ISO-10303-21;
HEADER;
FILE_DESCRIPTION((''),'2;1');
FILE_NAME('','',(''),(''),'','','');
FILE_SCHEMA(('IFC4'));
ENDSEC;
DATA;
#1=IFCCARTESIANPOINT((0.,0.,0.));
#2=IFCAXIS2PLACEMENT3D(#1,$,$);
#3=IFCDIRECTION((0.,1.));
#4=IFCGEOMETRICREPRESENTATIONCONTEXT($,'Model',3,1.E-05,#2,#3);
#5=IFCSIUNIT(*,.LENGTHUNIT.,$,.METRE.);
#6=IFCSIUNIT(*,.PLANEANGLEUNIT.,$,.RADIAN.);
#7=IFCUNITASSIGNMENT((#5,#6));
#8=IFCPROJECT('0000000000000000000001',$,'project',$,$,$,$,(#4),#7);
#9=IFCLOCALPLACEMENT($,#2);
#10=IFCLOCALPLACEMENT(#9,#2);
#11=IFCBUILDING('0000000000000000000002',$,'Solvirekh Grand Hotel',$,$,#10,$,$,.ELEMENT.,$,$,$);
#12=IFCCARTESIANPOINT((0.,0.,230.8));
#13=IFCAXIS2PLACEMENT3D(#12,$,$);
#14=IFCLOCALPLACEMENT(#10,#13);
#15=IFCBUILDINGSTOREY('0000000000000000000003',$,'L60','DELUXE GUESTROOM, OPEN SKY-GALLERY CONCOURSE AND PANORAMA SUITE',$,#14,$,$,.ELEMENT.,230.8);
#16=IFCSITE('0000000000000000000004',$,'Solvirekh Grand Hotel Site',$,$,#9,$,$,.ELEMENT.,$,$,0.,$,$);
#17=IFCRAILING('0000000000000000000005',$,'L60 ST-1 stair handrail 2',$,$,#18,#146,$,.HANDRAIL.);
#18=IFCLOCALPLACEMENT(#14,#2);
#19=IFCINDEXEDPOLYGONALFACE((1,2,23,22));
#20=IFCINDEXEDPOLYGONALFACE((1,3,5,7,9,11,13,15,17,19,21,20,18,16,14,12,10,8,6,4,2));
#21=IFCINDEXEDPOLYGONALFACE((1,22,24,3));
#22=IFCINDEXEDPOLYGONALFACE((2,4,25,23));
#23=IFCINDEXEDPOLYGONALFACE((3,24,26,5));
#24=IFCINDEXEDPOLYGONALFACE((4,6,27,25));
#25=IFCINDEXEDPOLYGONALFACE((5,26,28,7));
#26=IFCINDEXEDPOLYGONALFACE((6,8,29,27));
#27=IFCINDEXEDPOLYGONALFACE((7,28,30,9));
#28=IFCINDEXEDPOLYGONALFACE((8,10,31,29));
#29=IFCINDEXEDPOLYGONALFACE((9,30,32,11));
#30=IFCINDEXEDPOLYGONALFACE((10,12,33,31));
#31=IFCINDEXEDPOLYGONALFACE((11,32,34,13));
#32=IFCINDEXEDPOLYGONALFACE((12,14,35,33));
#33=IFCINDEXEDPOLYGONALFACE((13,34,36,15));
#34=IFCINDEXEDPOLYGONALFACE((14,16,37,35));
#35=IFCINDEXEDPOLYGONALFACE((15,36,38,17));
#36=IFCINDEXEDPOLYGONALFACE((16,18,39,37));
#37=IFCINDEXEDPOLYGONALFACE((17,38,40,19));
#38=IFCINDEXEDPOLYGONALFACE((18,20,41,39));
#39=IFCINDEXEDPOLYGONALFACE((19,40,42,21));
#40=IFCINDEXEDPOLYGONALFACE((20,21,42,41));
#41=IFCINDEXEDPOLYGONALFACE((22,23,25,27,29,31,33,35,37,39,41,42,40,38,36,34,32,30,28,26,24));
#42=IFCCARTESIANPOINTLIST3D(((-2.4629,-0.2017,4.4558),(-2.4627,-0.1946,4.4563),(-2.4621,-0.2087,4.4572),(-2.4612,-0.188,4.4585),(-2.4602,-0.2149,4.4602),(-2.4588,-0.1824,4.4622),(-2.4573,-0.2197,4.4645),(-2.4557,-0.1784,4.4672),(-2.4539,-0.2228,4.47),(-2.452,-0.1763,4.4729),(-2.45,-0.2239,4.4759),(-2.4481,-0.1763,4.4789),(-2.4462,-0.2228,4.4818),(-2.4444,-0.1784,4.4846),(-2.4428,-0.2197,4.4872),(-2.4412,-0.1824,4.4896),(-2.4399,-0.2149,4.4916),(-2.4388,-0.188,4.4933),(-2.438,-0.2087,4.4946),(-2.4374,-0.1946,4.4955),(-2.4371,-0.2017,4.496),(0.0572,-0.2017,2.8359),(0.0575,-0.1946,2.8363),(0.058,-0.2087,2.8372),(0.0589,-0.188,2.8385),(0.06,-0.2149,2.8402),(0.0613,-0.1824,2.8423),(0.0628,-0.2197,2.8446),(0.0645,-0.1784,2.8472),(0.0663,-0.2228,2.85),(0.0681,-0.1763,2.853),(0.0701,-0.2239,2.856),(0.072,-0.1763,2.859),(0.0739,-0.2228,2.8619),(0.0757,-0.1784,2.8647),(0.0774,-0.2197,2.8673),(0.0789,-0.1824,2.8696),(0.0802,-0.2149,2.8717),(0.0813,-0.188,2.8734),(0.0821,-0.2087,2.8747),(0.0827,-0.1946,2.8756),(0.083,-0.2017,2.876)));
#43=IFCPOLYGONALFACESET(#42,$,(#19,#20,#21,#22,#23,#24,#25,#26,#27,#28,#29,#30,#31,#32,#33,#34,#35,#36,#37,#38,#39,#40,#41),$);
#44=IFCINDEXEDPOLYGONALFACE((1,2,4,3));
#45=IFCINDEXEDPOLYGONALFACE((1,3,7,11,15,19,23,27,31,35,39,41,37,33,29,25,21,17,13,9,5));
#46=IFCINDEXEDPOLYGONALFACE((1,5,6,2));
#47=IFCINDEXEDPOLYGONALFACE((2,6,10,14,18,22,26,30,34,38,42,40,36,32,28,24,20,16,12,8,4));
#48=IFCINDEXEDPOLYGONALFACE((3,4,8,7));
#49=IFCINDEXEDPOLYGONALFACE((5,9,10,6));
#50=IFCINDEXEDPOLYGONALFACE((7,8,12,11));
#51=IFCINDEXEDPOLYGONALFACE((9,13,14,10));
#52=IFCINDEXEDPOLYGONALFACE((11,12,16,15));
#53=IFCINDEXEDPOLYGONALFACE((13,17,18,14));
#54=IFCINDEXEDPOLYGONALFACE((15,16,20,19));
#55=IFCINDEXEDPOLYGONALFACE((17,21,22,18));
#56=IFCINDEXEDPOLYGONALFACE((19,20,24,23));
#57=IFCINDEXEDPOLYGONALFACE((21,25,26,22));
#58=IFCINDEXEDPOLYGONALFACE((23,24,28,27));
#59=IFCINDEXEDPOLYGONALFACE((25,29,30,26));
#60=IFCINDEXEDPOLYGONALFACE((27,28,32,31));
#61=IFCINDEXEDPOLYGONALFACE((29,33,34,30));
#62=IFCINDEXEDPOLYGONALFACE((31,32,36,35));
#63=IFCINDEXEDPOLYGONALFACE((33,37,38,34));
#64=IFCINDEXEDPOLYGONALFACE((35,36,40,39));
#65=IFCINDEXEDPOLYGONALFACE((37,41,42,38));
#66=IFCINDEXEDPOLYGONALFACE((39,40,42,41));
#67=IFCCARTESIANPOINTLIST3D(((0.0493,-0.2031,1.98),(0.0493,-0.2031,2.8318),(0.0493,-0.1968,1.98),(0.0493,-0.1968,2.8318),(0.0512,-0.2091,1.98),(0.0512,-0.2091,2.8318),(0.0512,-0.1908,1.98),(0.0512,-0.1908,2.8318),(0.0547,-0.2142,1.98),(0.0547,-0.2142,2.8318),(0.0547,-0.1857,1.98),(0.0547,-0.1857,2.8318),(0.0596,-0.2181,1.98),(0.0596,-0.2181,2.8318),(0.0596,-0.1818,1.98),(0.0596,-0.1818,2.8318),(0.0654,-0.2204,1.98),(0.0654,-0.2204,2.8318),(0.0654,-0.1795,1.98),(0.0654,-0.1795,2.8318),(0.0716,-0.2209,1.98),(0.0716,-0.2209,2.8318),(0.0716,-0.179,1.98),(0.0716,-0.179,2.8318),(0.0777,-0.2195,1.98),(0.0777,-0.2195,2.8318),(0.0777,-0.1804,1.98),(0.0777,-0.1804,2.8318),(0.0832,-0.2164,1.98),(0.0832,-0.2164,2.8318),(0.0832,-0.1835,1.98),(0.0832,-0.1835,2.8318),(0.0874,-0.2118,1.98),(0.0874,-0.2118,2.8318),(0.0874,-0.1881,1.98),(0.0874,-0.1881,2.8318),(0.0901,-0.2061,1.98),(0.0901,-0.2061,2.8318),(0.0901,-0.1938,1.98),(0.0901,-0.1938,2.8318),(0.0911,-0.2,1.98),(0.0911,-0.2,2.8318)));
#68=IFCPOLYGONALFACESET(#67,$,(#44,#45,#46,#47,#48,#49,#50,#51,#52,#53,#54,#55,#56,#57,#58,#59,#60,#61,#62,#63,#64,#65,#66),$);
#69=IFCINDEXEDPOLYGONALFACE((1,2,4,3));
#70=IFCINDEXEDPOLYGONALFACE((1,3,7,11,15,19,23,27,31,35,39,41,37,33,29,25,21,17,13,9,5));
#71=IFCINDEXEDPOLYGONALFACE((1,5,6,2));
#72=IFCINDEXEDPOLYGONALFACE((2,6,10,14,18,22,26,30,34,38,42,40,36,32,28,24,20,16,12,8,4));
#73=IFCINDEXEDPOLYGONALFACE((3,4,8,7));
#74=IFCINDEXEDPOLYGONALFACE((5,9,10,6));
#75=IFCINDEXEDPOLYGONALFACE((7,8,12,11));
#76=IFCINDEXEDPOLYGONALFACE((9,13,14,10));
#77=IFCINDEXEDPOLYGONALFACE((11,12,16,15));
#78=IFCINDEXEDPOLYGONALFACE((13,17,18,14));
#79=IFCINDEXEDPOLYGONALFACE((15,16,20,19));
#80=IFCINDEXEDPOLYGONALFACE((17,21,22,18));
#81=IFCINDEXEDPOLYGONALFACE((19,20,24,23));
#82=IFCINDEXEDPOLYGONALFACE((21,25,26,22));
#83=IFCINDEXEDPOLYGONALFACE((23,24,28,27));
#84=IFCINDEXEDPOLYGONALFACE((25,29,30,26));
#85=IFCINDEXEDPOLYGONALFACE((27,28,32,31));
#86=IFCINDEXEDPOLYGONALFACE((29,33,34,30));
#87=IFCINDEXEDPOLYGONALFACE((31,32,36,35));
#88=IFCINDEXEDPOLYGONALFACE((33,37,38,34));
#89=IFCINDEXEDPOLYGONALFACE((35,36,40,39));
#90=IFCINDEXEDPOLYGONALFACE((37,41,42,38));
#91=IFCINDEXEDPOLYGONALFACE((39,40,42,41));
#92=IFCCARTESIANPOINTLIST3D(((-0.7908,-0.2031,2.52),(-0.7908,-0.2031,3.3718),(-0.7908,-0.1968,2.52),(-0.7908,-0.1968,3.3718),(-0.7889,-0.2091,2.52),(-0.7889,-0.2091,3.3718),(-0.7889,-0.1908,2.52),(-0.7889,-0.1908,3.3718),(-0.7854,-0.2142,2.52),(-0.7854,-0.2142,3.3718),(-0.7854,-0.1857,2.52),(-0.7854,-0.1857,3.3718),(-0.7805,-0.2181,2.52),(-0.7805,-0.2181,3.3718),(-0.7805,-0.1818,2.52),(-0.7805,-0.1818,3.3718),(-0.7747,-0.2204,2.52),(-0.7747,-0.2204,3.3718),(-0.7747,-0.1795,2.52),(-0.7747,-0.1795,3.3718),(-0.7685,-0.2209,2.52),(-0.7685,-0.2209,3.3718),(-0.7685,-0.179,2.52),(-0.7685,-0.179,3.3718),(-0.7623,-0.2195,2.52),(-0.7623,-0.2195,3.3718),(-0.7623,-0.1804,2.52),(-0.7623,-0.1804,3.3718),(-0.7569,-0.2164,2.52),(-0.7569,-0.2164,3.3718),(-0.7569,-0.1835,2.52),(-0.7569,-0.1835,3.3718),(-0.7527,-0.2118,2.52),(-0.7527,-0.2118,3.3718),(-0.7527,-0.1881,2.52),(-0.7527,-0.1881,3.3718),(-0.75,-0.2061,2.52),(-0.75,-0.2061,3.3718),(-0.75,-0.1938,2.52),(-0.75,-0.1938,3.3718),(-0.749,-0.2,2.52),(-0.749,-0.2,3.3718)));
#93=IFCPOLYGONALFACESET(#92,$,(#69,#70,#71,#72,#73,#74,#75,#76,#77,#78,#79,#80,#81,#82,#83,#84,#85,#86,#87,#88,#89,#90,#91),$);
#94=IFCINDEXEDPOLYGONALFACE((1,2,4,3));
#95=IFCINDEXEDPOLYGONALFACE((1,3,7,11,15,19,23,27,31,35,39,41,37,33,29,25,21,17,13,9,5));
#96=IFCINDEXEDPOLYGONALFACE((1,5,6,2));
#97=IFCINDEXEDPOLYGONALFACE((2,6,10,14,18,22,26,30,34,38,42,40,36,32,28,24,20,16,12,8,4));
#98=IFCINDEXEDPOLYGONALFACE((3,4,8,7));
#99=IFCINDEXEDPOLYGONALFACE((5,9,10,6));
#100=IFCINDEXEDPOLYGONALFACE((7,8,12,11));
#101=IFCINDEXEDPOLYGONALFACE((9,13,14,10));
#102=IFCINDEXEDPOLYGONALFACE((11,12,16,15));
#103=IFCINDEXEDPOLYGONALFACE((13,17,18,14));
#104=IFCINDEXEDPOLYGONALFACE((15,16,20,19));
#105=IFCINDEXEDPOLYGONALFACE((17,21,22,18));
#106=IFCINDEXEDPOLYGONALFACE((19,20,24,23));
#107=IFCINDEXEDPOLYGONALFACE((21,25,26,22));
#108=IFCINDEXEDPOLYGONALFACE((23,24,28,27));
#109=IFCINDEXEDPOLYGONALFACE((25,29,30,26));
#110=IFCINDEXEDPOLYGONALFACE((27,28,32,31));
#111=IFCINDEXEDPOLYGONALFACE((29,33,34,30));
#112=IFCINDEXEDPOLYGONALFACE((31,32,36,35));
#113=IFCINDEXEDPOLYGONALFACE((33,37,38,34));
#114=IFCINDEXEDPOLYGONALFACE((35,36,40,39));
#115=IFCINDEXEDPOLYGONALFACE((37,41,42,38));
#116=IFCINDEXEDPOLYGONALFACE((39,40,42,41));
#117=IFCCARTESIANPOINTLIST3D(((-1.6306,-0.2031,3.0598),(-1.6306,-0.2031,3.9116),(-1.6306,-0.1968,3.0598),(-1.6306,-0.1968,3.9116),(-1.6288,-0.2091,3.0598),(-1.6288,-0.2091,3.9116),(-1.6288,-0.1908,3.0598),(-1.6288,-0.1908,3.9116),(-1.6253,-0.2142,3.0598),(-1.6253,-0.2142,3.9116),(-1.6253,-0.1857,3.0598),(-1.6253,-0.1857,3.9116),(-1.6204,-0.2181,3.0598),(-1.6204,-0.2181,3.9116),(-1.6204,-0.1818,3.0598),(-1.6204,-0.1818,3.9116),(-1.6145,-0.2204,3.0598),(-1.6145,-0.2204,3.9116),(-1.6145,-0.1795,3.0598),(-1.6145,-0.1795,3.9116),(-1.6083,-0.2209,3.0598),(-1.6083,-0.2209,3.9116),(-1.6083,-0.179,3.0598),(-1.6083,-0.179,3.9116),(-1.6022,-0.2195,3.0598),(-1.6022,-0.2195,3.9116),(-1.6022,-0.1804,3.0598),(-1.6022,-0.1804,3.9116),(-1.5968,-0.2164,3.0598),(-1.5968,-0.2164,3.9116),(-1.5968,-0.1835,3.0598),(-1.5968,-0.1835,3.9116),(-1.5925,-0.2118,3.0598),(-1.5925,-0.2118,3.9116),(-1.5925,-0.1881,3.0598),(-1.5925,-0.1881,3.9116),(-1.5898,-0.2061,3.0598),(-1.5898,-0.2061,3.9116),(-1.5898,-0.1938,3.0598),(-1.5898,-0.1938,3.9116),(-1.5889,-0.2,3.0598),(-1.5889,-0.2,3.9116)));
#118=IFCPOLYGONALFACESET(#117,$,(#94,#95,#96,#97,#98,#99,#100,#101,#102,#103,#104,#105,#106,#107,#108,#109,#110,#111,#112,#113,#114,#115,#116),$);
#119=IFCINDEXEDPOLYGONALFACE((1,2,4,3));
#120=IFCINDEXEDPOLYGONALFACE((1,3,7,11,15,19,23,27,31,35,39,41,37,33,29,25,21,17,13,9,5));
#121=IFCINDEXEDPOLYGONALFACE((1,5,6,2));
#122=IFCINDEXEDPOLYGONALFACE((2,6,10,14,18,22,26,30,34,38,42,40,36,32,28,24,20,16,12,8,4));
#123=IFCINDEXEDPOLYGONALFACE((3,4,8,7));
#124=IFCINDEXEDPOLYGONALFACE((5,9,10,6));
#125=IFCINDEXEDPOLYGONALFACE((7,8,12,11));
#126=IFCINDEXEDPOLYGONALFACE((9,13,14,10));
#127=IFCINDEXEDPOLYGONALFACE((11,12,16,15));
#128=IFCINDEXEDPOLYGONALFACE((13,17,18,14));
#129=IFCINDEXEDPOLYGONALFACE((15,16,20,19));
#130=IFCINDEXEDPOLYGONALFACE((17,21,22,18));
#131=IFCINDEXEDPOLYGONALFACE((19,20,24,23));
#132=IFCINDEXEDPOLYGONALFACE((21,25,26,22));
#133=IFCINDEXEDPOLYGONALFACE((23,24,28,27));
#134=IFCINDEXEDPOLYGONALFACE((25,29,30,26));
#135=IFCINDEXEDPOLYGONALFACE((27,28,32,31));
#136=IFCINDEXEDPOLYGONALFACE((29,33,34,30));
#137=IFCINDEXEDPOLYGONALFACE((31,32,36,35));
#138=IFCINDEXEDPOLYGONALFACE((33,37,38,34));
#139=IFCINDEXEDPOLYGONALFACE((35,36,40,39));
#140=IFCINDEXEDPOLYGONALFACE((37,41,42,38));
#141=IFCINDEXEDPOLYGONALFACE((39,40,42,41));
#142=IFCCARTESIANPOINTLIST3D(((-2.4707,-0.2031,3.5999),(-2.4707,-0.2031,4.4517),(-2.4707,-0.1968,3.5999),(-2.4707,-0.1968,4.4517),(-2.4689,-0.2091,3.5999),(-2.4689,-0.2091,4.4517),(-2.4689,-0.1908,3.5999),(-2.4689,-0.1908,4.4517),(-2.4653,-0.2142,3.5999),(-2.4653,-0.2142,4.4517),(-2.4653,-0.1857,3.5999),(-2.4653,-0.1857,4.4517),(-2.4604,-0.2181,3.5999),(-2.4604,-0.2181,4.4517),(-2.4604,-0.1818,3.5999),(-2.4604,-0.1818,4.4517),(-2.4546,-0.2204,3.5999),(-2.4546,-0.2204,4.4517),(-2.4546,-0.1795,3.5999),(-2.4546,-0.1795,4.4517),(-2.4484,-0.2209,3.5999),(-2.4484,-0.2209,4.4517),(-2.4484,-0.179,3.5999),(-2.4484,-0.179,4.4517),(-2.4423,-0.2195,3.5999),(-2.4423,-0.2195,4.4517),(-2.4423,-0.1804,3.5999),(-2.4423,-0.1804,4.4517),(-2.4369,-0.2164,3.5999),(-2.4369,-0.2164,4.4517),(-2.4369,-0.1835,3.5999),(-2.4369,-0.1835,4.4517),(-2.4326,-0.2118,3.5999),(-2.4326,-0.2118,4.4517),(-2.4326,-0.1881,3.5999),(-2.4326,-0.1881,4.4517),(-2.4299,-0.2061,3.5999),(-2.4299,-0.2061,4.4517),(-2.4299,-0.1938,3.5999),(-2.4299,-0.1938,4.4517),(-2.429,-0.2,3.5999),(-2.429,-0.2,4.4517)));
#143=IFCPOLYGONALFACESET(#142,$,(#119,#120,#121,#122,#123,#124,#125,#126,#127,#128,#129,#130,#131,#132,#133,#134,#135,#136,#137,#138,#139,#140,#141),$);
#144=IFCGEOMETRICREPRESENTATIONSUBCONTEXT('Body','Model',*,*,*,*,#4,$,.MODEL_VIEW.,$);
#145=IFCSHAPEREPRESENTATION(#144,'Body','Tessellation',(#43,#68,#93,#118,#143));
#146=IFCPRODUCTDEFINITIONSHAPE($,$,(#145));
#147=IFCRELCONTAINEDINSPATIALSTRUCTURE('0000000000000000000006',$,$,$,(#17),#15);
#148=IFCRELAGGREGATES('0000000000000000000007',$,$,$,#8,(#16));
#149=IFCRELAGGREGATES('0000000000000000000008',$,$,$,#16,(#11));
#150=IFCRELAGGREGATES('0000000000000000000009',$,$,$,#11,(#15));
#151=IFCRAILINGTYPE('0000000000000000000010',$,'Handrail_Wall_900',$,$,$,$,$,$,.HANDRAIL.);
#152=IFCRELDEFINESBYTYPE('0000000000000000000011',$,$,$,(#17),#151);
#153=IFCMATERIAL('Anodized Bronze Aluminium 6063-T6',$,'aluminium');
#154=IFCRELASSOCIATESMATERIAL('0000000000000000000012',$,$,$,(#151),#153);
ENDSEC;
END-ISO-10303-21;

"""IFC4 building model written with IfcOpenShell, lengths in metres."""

from ifc_helpers import new_model, si_unit, direction, frame, origin, origin_2d, place, context, subcontext, project, spatial, circle, extrude, material, type_object, element, save


model = new_model("IFC4")

# Units and contexts
model_context = context("Model", 3, precision=1e-05, world=origin(), true_north=direction((0.0, 1.0)))
body_context = subcontext(model_context, "Body", "Model", "MODEL_VIEW")
ifc_project = project(units=[si_unit("LENGTHUNIT", "METRE"), si_unit("PLANEANGLEUNIT", "RADIAN")], contexts=[model_context])

# Site, building, storey
site_placement = place(None, origin())
site = spatial("IfcSite", under=ifc_project, at=site_placement, Name="Solvirekh Grand Hotel Site", CompositionType="ELEMENT", RefElevation=0.0)
building_placement = place(site_placement, origin())
building = spatial("IfcBuilding", under=site, at=building_placement, Name="Solvirekh Grand Hotel", CompositionType="ELEMENT")
storey_placement = place(building_placement, frame((0.0, 0.0, 230.8)))
storey = spatial("IfcBuildingStorey", under=building, at=storey_placement, Name="L60", Description="DELUXE GUESTROOM, OPEN SKY-GALLERY CONCOURSE AND PANORAMA SUITE", CompositionType="ELEMENT", Elevation=230.8)

# Railing
ifc_material_1 = material(Name="Anodized Bronze Aluminium 6063-T6", Category="aluminium")
railing_type_1 = type_object("IfcRailingType", Name="Handrail_Wall_900", PredefinedType="HANDRAIL", material=ifc_material_1)
railing_1_placement = place(storey_placement, frame((0.0701, -0.2, 1.98)))
element("IfcRailing", 1, at=railing_1_placement, inside=storey, type_object=railing_type_1, Name="L60 ST-1 stair handrail 2", PredefinedType="HANDRAIL", context=body_context, shape_type="SweptSolid", body=[
    extrude(circle(Radius=0.0239, at=origin_2d()), frame((0.0, 0.0, 0.876), z_axis=(-0.8412, 0.0, 0.540725), x_axis=(0.0, -1.0, 0.0)), (0.0, 0.0, 1.0), 2.9958),
    extrude(circle(Radius=0.021, at=origin_2d()), origin(), (0.0, 0.0, 1.0), 0.8518),
    extrude(circle(Radius=0.021, at=origin_2d()), frame((-0.8401, 0.0, 0.54)), (0.0, 0.0, 1.0), 0.8518),
    extrude(circle(Radius=0.021, at=origin_2d()), frame((-1.6799, 0.0, 1.0798)), (0.0, 0.0, 1.0), 0.8518),
    extrude(circle(Radius=0.021, at=origin_2d()), frame((-2.52, 0.0, 1.6199)), (0.0, 0.0, 1.0), 0.8518),
])

save(model, "model.ifc")
